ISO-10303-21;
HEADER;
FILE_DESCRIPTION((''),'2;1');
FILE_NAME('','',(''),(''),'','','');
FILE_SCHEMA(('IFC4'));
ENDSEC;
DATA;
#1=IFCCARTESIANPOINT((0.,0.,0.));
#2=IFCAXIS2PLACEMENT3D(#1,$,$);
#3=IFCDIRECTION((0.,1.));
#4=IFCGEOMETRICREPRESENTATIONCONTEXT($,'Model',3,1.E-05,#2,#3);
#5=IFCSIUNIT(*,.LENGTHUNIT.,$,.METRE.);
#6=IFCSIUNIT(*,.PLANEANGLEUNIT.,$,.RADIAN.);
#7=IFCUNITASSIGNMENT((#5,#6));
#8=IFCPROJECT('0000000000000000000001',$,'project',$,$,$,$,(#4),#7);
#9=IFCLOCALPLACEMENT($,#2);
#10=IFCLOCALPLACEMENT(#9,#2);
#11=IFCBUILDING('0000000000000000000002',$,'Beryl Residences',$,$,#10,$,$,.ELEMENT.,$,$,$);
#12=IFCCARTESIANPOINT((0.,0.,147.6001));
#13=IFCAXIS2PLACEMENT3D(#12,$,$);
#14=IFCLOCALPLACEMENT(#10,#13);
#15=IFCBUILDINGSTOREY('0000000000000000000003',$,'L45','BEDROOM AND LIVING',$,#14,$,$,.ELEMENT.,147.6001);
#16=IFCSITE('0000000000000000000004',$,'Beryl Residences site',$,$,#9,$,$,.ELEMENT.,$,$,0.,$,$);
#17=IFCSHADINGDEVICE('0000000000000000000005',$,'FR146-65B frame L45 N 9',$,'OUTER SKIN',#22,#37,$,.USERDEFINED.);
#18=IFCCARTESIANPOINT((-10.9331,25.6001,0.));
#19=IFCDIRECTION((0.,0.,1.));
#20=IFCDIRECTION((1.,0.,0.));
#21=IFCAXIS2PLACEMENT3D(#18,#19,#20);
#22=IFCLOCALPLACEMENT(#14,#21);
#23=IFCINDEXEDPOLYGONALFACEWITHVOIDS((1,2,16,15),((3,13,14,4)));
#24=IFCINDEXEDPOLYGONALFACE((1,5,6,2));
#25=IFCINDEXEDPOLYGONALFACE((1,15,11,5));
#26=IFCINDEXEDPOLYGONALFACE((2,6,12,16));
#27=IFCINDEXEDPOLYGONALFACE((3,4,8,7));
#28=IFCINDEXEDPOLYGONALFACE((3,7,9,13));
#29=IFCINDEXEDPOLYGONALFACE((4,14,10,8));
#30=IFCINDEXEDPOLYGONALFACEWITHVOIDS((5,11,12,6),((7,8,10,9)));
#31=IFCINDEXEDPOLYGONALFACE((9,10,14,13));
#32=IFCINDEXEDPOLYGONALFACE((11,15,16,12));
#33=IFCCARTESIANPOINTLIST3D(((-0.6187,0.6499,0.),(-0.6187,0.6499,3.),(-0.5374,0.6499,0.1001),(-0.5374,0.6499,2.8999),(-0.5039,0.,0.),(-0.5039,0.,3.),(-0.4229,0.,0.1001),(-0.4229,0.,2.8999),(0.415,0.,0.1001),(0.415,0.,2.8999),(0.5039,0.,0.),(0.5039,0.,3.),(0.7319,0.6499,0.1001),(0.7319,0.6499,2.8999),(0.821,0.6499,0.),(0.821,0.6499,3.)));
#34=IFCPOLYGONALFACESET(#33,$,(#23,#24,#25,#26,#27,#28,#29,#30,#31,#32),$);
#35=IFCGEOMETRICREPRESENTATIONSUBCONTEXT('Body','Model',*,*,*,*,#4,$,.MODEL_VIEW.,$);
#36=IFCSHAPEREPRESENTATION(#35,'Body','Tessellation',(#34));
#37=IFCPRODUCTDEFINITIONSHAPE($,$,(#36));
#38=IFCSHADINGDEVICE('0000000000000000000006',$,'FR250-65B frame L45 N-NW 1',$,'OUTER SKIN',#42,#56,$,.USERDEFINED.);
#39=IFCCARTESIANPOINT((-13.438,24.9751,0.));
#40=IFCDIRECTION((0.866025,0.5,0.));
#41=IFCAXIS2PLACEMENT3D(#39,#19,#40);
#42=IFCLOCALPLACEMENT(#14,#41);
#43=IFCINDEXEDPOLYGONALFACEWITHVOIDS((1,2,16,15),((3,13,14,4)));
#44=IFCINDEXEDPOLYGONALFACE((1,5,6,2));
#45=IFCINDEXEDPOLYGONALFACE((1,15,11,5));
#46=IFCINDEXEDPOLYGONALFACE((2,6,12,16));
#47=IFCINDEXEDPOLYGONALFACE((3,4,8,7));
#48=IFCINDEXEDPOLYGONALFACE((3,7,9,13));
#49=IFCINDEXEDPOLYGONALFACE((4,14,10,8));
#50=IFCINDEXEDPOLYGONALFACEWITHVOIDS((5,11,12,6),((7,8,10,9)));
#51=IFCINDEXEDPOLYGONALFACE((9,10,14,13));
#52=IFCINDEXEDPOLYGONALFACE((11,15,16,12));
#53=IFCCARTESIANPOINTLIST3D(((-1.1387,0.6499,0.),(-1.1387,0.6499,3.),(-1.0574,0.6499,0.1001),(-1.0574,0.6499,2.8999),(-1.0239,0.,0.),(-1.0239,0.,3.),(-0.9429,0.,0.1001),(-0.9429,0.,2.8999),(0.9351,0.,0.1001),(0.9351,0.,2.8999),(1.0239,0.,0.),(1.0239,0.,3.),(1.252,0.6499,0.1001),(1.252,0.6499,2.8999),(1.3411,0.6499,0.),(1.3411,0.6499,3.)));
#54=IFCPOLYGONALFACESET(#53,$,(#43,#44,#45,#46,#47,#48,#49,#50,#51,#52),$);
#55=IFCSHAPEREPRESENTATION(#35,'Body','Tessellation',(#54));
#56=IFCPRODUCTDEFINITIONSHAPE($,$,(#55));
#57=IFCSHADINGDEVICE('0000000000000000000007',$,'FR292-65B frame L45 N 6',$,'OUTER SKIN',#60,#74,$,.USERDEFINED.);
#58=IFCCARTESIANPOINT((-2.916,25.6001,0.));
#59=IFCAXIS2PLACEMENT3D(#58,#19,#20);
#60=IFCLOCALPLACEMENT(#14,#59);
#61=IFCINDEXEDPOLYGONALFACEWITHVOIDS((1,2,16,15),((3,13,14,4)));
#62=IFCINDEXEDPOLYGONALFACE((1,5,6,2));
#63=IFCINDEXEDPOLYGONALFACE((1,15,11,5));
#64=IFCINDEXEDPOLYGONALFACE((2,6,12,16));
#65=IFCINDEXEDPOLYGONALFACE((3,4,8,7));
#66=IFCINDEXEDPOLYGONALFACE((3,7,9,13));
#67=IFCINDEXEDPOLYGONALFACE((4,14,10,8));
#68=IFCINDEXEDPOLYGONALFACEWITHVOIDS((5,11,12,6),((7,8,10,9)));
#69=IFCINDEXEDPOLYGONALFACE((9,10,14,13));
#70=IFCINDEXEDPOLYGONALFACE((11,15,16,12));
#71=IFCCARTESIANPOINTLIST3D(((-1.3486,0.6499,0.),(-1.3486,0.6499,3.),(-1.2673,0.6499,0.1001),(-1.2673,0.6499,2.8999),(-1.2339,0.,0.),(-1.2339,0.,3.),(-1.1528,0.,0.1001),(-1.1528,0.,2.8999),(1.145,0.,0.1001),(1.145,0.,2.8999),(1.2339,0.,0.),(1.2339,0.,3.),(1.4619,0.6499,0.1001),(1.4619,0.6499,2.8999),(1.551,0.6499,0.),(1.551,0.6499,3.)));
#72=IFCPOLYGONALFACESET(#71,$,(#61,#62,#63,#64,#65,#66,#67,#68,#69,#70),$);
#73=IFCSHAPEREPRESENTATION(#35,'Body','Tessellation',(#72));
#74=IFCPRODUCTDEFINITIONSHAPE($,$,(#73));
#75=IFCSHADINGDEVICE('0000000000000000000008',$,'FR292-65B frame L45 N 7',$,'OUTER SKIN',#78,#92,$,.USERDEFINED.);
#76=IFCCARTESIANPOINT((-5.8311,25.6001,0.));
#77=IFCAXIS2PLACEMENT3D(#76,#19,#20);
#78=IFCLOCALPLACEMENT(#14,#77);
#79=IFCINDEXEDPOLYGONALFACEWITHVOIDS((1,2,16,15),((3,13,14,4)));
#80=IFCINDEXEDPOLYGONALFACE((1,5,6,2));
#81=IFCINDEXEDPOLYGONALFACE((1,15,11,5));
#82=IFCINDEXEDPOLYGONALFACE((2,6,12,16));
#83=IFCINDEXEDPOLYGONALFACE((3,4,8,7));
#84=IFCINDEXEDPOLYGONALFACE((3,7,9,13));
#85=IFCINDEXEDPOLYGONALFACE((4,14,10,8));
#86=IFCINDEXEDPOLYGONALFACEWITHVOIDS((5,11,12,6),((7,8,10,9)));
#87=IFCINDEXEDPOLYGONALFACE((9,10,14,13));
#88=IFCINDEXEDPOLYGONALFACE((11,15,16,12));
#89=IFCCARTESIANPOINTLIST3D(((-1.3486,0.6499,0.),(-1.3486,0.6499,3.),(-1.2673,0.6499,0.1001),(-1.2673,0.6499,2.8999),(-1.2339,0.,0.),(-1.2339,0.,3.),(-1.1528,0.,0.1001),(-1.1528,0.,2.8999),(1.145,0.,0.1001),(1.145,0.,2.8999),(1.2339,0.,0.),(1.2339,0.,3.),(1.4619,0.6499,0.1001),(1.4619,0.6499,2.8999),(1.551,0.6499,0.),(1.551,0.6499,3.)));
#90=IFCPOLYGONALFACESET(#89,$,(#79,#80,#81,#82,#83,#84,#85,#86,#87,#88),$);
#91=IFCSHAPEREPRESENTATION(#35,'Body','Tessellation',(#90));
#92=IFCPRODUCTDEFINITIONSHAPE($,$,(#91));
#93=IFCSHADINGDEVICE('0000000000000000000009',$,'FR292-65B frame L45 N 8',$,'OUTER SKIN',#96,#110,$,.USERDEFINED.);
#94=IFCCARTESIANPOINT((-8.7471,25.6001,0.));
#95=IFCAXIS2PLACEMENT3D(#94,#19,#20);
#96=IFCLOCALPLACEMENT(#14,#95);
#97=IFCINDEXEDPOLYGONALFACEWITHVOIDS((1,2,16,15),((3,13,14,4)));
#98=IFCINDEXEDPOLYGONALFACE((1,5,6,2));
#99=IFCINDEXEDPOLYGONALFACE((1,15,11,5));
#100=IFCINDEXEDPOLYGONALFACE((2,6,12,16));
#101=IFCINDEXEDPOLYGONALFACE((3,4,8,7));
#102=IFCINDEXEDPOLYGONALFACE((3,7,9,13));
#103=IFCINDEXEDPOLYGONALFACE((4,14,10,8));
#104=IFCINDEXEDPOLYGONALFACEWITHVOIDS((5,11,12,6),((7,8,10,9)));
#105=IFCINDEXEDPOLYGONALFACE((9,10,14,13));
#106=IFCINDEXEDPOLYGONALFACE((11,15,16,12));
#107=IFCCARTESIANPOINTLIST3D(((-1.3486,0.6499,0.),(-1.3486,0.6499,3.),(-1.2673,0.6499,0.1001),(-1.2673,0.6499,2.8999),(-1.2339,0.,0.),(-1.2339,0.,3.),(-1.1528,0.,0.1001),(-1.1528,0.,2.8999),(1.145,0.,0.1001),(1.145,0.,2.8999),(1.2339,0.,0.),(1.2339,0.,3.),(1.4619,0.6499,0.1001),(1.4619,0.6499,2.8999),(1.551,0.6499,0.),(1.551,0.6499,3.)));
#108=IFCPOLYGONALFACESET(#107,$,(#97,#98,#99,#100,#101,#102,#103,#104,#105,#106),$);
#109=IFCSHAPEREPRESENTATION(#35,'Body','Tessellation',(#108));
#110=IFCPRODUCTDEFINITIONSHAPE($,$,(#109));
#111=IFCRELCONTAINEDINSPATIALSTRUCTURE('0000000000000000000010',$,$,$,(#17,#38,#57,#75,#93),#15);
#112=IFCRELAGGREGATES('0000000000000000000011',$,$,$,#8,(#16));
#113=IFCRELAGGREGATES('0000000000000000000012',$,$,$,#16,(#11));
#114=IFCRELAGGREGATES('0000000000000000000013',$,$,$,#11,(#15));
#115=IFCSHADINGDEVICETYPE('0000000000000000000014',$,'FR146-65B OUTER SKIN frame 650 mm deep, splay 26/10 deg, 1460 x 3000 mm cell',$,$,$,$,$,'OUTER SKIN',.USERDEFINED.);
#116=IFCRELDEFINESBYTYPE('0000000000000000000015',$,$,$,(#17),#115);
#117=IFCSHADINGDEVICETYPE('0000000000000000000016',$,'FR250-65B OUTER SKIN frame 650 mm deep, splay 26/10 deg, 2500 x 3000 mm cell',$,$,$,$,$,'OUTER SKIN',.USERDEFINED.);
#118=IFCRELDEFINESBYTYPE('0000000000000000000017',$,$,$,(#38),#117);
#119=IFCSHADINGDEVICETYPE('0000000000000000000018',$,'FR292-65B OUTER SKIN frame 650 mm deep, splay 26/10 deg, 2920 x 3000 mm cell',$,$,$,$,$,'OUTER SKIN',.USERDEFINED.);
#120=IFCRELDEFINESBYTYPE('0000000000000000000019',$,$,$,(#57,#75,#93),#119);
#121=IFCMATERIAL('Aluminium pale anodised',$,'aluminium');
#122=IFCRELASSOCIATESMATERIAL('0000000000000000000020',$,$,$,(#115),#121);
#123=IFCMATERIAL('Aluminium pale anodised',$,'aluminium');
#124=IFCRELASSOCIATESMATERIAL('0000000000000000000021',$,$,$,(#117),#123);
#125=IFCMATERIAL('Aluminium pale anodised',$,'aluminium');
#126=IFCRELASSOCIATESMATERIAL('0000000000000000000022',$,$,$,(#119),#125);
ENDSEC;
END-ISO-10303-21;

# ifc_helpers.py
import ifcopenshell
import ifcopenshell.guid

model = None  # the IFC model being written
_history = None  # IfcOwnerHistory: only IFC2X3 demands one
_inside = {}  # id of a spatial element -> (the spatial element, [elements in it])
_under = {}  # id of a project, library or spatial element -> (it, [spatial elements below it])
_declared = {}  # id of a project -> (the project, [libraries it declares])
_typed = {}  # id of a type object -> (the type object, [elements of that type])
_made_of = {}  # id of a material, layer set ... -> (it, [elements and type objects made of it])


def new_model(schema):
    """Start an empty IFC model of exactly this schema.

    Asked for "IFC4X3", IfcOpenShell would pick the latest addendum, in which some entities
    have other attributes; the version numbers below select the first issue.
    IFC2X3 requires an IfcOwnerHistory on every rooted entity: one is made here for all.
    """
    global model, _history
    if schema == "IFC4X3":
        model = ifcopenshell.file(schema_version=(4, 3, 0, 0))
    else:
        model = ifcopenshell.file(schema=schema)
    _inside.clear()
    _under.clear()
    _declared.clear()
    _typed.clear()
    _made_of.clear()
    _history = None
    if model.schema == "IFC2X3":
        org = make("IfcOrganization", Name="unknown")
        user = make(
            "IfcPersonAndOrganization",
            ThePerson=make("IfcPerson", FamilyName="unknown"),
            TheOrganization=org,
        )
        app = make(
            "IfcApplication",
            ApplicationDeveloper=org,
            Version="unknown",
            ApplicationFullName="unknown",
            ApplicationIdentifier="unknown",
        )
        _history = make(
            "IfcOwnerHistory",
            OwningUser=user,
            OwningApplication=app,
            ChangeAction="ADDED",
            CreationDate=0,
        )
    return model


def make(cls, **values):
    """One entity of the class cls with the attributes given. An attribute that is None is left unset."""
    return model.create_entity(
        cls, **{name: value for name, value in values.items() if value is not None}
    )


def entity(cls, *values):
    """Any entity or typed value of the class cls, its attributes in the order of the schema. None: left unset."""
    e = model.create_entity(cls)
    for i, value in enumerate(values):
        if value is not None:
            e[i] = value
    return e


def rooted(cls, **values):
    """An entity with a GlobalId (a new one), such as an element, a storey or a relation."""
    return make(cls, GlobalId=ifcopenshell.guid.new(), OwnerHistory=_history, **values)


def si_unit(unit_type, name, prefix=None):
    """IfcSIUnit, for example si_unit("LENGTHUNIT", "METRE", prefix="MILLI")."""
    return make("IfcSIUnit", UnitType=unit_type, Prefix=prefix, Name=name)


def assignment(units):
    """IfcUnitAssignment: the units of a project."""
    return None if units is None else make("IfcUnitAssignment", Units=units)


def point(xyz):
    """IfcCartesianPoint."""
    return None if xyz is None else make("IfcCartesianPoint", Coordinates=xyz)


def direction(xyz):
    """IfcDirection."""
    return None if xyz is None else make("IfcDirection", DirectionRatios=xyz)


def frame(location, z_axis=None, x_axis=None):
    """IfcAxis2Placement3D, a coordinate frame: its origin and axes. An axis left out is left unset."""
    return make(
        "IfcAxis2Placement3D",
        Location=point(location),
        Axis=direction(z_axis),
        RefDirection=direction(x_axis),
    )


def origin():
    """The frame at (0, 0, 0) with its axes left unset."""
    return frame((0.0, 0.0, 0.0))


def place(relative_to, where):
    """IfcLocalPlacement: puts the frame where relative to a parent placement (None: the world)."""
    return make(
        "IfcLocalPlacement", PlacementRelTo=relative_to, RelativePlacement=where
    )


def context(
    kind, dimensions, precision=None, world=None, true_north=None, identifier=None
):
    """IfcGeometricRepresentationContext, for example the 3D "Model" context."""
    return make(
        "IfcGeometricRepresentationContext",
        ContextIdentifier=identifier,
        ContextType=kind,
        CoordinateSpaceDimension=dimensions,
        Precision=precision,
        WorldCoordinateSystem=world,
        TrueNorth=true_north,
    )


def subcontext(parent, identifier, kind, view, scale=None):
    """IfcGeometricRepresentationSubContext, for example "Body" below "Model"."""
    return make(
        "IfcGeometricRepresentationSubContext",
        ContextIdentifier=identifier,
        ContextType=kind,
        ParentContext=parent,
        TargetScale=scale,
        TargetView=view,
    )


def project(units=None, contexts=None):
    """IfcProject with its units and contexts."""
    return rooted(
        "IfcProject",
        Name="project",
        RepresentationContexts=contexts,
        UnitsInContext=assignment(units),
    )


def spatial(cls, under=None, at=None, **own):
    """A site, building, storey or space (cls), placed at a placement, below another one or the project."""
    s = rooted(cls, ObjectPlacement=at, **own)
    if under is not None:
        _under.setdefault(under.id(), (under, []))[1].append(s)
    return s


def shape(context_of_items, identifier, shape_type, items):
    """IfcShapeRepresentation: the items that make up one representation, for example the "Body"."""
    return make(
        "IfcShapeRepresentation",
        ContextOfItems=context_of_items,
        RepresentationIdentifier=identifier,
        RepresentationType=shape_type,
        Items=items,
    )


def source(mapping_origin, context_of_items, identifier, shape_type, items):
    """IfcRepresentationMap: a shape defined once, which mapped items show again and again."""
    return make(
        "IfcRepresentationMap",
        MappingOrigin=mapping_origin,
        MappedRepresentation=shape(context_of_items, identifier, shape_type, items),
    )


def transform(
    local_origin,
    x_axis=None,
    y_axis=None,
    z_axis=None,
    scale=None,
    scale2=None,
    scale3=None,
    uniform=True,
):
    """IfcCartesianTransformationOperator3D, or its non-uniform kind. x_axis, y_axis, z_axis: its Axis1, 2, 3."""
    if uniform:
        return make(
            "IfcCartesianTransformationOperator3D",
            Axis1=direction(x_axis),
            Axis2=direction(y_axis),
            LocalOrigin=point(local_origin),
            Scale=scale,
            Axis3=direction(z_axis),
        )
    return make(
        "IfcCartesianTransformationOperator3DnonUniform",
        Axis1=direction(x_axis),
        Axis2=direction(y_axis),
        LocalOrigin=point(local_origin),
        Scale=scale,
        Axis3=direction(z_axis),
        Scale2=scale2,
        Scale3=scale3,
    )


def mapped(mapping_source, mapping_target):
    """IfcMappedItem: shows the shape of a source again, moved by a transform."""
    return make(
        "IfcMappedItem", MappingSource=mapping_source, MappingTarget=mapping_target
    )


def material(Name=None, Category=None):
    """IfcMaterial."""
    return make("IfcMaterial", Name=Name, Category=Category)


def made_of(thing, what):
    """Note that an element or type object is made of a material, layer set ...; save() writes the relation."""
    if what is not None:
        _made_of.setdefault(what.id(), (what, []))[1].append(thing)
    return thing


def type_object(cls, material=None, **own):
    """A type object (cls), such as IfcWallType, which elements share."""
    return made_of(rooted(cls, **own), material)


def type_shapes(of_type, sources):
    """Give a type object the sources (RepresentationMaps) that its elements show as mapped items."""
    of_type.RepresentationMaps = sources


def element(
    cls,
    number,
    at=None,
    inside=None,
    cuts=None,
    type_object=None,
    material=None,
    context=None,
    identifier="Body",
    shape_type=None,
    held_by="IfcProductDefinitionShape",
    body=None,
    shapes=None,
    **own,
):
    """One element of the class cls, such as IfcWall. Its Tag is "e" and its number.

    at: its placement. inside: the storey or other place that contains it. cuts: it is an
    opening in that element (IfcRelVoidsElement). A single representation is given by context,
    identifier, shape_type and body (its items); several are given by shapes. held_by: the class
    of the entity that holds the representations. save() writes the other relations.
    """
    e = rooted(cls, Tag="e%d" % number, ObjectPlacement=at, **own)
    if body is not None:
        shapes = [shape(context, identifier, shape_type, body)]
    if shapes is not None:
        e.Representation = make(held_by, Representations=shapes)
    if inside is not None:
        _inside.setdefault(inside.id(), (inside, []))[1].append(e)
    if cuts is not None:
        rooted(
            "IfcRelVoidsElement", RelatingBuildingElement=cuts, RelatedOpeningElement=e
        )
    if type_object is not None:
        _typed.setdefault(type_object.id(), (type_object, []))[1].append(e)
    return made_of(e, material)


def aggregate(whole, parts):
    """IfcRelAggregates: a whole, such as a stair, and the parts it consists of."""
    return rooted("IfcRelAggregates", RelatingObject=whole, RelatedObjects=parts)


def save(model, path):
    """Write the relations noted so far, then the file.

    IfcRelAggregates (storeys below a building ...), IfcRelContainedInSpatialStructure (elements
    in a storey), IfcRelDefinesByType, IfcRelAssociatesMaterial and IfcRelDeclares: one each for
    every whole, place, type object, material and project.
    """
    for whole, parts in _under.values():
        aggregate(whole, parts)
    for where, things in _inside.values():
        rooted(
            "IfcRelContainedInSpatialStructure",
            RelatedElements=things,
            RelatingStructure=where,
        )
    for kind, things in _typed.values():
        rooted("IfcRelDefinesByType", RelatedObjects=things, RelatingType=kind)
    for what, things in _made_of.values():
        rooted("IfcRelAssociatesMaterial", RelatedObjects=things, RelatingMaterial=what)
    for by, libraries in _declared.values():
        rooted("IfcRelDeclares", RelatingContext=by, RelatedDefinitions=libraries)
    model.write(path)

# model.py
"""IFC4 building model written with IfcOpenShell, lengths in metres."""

from ifc_helpers import new_model, entity, si_unit, direction, frame, origin, place, context, subcontext, project, spatial, source, transform, mapped, material, type_object, type_shapes, element, save


model = new_model("IFC4")

# Units and contexts
model_context = context("Model", 3, precision=1e-05, world=origin(), true_north=direction((0.0, 1.0)))
body_context = subcontext(model_context, "Body", "Model", "MODEL_VIEW")
ifc_project = project(units=[si_unit("LENGTHUNIT", "METRE"), si_unit("PLANEANGLEUNIT", "RADIAN")], contexts=[model_context])

# Site, building, storey
site_placement = place(None, origin())
site = spatial("IfcSite", under=ifc_project, at=site_placement, Name="Beryl Residences site", CompositionType="ELEMENT", RefElevation=0.0)
building_placement = place(site_placement, origin())
building = spatial("IfcBuilding", under=site, at=building_placement, Name="Beryl Residences", CompositionType="ELEMENT")
storey_placement = place(building_placement, frame((0.0, 0.0, 147.6001)))
storey = spatial("IfcBuildingStorey", under=building, at=storey_placement, Name="L45", Description="BEDROOM AND LIVING", CompositionType="ELEMENT", Elevation=147.6001)

# Shading devices
ifc_material_1 = material(Name="Aluminium pale anodised", Category="aluminium")
shading_device_type_1 = type_object("IfcShadingDeviceType", Name="FR146-65B OUTER SKIN frame 650 mm deep, splay 26/10 deg, 1460 x 3000 mm cell", ElementType="OUTER SKIN", PredefinedType="USERDEFINED", material=ifc_material_1)
cartesian_point_1 = entity("IfcCartesianPoint", [-0.5039, 0.0])
cartesian_point_2 = entity("IfcCartesianPoint", [-0.415, 0.1001])
cartesian_point_3 = entity("IfcCartesianPoint", [-0.821, 0.0])
cartesian_point_4 = entity("IfcCartesianPoint", [-0.7319, 0.1001])
shared_shape_1 = source(origin(), body_context, "Body", "SweptSolid", [
    entity("IfcExtrudedAreaSolidTapered", entity("IfcArbitraryProfileDefWithVoids", "AREA", None, entity("IfcPolyline", [cartesian_point_1, entity("IfcCartesianPoint", [0.5039, 0.0]), entity("IfcCartesianPoint", [0.5039, 3.0]), entity("IfcCartesianPoint", [-0.5039, 3.0]), cartesian_point_1]), [entity("IfcPolyline", [cartesian_point_2, entity("IfcCartesianPoint", [0.4229, 0.1001]), entity("IfcCartesianPoint", [0.4229, 2.8999]), entity("IfcCartesianPoint", [-0.415, 2.8999]), cartesian_point_2])]), entity("IfcAxis2Placement3D", entity("IfcCartesianPoint", [0.0, 0.0, 0.0]), entity("IfcDirection", [0.0, 1.0, 0.0]), entity("IfcDirection", [-1.0, 0.0, 0.0])), entity("IfcDirection", [0.0, 0.0, 1.0]), 0.6499, entity("IfcArbitraryProfileDefWithVoids", "AREA", None, entity("IfcPolyline", [cartesian_point_3, entity("IfcCartesianPoint", [0.6187, 0.0]), entity("IfcCartesianPoint", [0.6187, 3.0]), entity("IfcCartesianPoint", [-0.821, 3.0]), cartesian_point_3]), [entity("IfcPolyline", [cartesian_point_4, entity("IfcCartesianPoint", [0.5374, 0.1001]), entity("IfcCartesianPoint", [0.5374, 2.8999]), entity("IfcCartesianPoint", [-0.7319, 2.8999]), cartesian_point_4])])),
])
type_shapes(shading_device_type_1, [shared_shape_1])
shading_device_1_placement = place(storey_placement, frame((-10.9331, 25.6001, 0.0), z_axis=(0.0, 0.0, 1.0), x_axis=(1.0, 0.0, 0.0)))
element("IfcShadingDevice", 1, at=shading_device_1_placement, inside=storey, type_object=shading_device_type_1, Name="FR146-65B frame L45 N 9", ObjectType="OUTER SKIN", PredefinedType="USERDEFINED", context=body_context, shape_type="MappedRepresentation", body=[
    mapped(shared_shape_1, transform((0.0, 0.0, 0.0))),
])
ifc_material_2 = material(Name="Aluminium pale anodised", Category="aluminium")
shading_device_type_2 = type_object("IfcShadingDeviceType", Name="FR250-65B OUTER SKIN frame 650 mm deep, splay 26/10 deg, 2500 x 3000 mm cell", ElementType="OUTER SKIN", PredefinedType="USERDEFINED", material=ifc_material_2)
cartesian_point_5 = entity("IfcCartesianPoint", [-1.0239, 0.0])
cartesian_point_6 = entity("IfcCartesianPoint", [-0.9351, 0.1001])
cartesian_point_7 = entity("IfcCartesianPoint", [-1.3411, 0.0])
cartesian_point_8 = entity("IfcCartesianPoint", [-1.252, 0.1001])
shared_shape_2 = source(origin(), body_context, "Body", "SweptSolid", [
    entity("IfcExtrudedAreaSolidTapered", entity("IfcArbitraryProfileDefWithVoids", "AREA", None, entity("IfcPolyline", [cartesian_point_5, entity("IfcCartesianPoint", [1.0239, 0.0]), entity("IfcCartesianPoint", [1.0239, 3.0]), entity("IfcCartesianPoint", [-1.0239, 3.0]), cartesian_point_5]), [entity("IfcPolyline", [cartesian_point_6, entity("IfcCartesianPoint", [0.9429, 0.1001]), entity("IfcCartesianPoint", [0.9429, 2.8999]), entity("IfcCartesianPoint", [-0.9351, 2.8999]), cartesian_point_6])]), entity("IfcAxis2Placement3D", entity("IfcCartesianPoint", [0.0, 0.0, 0.0]), entity("IfcDirection", [0.0, 1.0, 0.0]), entity("IfcDirection", [-1.0, 0.0, 0.0])), entity("IfcDirection", [0.0, 0.0, 1.0]), 0.6499, entity("IfcArbitraryProfileDefWithVoids", "AREA", None, entity("IfcPolyline", [cartesian_point_7, entity("IfcCartesianPoint", [1.1387, 0.0]), entity("IfcCartesianPoint", [1.1387, 3.0]), entity("IfcCartesianPoint", [-1.3411, 3.0]), cartesian_point_7]), [entity("IfcPolyline", [cartesian_point_8, entity("IfcCartesianPoint", [1.0574, 0.1001]), entity("IfcCartesianPoint", [1.0574, 2.8999]), entity("IfcCartesianPoint", [-1.252, 2.8999]), cartesian_point_8])])),
])
type_shapes(shading_device_type_2, [shared_shape_2])
shading_device_2_placement = place(storey_placement, frame((-13.438, 24.9751, 0.0), z_axis=(0.0, 0.0, 1.0), x_axis=(0.866025, 0.5, 0.0)))
element("IfcShadingDevice", 2, at=shading_device_2_placement, inside=storey, type_object=shading_device_type_2, Name="FR250-65B frame L45 N-NW 1", ObjectType="OUTER SKIN", PredefinedType="USERDEFINED", context=body_context, shape_type="MappedRepresentation", body=[
    mapped(shared_shape_2, transform((0.0, 0.0, 0.0))),
])
ifc_material_3 = material(Name="Aluminium pale anodised", Category="aluminium")
shading_device_type_3 = type_object("IfcShadingDeviceType", Name="FR292-65B OUTER SKIN frame 650 mm deep, splay 26/10 deg, 2920 x 3000 mm cell", ElementType="OUTER SKIN", PredefinedType="USERDEFINED", material=ifc_material_3)
cartesian_point_9 = entity("IfcCartesianPoint", [-1.2339, 0.0])
cartesian_point_10 = entity("IfcCartesianPoint", [-1.145, 0.1001])
cartesian_point_11 = entity("IfcCartesianPoint", [-1.551, 0.0])
cartesian_point_12 = entity("IfcCartesianPoint", [-1.4619, 0.1001])
shared_shape_3 = source(origin(), body_context, "Body", "SweptSolid", [
    entity("IfcExtrudedAreaSolidTapered", entity("IfcArbitraryProfileDefWithVoids", "AREA", None, entity("IfcPolyline", [cartesian_point_9, entity("IfcCartesianPoint", [1.2339, 0.0]), entity("IfcCartesianPoint", [1.2339, 3.0]), entity("IfcCartesianPoint", [-1.2339, 3.0]), cartesian_point_9]), [entity("IfcPolyline", [cartesian_point_10, entity("IfcCartesianPoint", [1.1528, 0.1001]), entity("IfcCartesianPoint", [1.1528, 2.8999]), entity("IfcCartesianPoint", [-1.145, 2.8999]), cartesian_point_10])]), entity("IfcAxis2Placement3D", entity("IfcCartesianPoint", [0.0, 0.0, 0.0]), entity("IfcDirection", [0.0, 1.0, 0.0]), entity("IfcDirection", [-1.0, 0.0, 0.0])), entity("IfcDirection", [0.0, 0.0, 1.0]), 0.6499, entity("IfcArbitraryProfileDefWithVoids", "AREA", None, entity("IfcPolyline", [cartesian_point_11, entity("IfcCartesianPoint", [1.3486, 0.0]), entity("IfcCartesianPoint", [1.3486, 3.0]), entity("IfcCartesianPoint", [-1.551, 3.0]), cartesian_point_11]), [entity("IfcPolyline", [cartesian_point_12, entity("IfcCartesianPoint", [1.2673, 0.1001]), entity("IfcCartesianPoint", [1.2673, 2.8999]), entity("IfcCartesianPoint", [-1.4619, 2.8999]), cartesian_point_12])])),
])
type_shapes(shading_device_type_3, [shared_shape_3])
for number, where, z_axis, x_axis, name in (
    (3, (-2.916, 25.6001, 0.0), (0.0, 0.0, 1.0), (1.0, 0.0, 0.0), "FR292-65B frame L45 N 6"),
    (4, (-5.8311, 25.6001, 0.0), (0.0, 0.0, 1.0), (1.0, 0.0, 0.0), "FR292-65B frame L45 N 7"),
    (5, (-8.7471, 25.6001, 0.0), (0.0, 0.0, 1.0), (1.0, 0.0, 0.0), "FR292-65B frame L45 N 8"),
):
    element("IfcShadingDevice", number, at=place(storey_placement, frame(where, z_axis=z_axis, x_axis=x_axis)), inside=storey, type_object=shading_device_type_3, Name=name, ObjectType="OUTER SKIN", PredefinedType="USERDEFINED", context=body_context, shape_type="MappedRepresentation", body=[
        mapped(shared_shape_3, transform((0.0, 0.0, 0.0))),
    ])

save(model, "model.ifc")
